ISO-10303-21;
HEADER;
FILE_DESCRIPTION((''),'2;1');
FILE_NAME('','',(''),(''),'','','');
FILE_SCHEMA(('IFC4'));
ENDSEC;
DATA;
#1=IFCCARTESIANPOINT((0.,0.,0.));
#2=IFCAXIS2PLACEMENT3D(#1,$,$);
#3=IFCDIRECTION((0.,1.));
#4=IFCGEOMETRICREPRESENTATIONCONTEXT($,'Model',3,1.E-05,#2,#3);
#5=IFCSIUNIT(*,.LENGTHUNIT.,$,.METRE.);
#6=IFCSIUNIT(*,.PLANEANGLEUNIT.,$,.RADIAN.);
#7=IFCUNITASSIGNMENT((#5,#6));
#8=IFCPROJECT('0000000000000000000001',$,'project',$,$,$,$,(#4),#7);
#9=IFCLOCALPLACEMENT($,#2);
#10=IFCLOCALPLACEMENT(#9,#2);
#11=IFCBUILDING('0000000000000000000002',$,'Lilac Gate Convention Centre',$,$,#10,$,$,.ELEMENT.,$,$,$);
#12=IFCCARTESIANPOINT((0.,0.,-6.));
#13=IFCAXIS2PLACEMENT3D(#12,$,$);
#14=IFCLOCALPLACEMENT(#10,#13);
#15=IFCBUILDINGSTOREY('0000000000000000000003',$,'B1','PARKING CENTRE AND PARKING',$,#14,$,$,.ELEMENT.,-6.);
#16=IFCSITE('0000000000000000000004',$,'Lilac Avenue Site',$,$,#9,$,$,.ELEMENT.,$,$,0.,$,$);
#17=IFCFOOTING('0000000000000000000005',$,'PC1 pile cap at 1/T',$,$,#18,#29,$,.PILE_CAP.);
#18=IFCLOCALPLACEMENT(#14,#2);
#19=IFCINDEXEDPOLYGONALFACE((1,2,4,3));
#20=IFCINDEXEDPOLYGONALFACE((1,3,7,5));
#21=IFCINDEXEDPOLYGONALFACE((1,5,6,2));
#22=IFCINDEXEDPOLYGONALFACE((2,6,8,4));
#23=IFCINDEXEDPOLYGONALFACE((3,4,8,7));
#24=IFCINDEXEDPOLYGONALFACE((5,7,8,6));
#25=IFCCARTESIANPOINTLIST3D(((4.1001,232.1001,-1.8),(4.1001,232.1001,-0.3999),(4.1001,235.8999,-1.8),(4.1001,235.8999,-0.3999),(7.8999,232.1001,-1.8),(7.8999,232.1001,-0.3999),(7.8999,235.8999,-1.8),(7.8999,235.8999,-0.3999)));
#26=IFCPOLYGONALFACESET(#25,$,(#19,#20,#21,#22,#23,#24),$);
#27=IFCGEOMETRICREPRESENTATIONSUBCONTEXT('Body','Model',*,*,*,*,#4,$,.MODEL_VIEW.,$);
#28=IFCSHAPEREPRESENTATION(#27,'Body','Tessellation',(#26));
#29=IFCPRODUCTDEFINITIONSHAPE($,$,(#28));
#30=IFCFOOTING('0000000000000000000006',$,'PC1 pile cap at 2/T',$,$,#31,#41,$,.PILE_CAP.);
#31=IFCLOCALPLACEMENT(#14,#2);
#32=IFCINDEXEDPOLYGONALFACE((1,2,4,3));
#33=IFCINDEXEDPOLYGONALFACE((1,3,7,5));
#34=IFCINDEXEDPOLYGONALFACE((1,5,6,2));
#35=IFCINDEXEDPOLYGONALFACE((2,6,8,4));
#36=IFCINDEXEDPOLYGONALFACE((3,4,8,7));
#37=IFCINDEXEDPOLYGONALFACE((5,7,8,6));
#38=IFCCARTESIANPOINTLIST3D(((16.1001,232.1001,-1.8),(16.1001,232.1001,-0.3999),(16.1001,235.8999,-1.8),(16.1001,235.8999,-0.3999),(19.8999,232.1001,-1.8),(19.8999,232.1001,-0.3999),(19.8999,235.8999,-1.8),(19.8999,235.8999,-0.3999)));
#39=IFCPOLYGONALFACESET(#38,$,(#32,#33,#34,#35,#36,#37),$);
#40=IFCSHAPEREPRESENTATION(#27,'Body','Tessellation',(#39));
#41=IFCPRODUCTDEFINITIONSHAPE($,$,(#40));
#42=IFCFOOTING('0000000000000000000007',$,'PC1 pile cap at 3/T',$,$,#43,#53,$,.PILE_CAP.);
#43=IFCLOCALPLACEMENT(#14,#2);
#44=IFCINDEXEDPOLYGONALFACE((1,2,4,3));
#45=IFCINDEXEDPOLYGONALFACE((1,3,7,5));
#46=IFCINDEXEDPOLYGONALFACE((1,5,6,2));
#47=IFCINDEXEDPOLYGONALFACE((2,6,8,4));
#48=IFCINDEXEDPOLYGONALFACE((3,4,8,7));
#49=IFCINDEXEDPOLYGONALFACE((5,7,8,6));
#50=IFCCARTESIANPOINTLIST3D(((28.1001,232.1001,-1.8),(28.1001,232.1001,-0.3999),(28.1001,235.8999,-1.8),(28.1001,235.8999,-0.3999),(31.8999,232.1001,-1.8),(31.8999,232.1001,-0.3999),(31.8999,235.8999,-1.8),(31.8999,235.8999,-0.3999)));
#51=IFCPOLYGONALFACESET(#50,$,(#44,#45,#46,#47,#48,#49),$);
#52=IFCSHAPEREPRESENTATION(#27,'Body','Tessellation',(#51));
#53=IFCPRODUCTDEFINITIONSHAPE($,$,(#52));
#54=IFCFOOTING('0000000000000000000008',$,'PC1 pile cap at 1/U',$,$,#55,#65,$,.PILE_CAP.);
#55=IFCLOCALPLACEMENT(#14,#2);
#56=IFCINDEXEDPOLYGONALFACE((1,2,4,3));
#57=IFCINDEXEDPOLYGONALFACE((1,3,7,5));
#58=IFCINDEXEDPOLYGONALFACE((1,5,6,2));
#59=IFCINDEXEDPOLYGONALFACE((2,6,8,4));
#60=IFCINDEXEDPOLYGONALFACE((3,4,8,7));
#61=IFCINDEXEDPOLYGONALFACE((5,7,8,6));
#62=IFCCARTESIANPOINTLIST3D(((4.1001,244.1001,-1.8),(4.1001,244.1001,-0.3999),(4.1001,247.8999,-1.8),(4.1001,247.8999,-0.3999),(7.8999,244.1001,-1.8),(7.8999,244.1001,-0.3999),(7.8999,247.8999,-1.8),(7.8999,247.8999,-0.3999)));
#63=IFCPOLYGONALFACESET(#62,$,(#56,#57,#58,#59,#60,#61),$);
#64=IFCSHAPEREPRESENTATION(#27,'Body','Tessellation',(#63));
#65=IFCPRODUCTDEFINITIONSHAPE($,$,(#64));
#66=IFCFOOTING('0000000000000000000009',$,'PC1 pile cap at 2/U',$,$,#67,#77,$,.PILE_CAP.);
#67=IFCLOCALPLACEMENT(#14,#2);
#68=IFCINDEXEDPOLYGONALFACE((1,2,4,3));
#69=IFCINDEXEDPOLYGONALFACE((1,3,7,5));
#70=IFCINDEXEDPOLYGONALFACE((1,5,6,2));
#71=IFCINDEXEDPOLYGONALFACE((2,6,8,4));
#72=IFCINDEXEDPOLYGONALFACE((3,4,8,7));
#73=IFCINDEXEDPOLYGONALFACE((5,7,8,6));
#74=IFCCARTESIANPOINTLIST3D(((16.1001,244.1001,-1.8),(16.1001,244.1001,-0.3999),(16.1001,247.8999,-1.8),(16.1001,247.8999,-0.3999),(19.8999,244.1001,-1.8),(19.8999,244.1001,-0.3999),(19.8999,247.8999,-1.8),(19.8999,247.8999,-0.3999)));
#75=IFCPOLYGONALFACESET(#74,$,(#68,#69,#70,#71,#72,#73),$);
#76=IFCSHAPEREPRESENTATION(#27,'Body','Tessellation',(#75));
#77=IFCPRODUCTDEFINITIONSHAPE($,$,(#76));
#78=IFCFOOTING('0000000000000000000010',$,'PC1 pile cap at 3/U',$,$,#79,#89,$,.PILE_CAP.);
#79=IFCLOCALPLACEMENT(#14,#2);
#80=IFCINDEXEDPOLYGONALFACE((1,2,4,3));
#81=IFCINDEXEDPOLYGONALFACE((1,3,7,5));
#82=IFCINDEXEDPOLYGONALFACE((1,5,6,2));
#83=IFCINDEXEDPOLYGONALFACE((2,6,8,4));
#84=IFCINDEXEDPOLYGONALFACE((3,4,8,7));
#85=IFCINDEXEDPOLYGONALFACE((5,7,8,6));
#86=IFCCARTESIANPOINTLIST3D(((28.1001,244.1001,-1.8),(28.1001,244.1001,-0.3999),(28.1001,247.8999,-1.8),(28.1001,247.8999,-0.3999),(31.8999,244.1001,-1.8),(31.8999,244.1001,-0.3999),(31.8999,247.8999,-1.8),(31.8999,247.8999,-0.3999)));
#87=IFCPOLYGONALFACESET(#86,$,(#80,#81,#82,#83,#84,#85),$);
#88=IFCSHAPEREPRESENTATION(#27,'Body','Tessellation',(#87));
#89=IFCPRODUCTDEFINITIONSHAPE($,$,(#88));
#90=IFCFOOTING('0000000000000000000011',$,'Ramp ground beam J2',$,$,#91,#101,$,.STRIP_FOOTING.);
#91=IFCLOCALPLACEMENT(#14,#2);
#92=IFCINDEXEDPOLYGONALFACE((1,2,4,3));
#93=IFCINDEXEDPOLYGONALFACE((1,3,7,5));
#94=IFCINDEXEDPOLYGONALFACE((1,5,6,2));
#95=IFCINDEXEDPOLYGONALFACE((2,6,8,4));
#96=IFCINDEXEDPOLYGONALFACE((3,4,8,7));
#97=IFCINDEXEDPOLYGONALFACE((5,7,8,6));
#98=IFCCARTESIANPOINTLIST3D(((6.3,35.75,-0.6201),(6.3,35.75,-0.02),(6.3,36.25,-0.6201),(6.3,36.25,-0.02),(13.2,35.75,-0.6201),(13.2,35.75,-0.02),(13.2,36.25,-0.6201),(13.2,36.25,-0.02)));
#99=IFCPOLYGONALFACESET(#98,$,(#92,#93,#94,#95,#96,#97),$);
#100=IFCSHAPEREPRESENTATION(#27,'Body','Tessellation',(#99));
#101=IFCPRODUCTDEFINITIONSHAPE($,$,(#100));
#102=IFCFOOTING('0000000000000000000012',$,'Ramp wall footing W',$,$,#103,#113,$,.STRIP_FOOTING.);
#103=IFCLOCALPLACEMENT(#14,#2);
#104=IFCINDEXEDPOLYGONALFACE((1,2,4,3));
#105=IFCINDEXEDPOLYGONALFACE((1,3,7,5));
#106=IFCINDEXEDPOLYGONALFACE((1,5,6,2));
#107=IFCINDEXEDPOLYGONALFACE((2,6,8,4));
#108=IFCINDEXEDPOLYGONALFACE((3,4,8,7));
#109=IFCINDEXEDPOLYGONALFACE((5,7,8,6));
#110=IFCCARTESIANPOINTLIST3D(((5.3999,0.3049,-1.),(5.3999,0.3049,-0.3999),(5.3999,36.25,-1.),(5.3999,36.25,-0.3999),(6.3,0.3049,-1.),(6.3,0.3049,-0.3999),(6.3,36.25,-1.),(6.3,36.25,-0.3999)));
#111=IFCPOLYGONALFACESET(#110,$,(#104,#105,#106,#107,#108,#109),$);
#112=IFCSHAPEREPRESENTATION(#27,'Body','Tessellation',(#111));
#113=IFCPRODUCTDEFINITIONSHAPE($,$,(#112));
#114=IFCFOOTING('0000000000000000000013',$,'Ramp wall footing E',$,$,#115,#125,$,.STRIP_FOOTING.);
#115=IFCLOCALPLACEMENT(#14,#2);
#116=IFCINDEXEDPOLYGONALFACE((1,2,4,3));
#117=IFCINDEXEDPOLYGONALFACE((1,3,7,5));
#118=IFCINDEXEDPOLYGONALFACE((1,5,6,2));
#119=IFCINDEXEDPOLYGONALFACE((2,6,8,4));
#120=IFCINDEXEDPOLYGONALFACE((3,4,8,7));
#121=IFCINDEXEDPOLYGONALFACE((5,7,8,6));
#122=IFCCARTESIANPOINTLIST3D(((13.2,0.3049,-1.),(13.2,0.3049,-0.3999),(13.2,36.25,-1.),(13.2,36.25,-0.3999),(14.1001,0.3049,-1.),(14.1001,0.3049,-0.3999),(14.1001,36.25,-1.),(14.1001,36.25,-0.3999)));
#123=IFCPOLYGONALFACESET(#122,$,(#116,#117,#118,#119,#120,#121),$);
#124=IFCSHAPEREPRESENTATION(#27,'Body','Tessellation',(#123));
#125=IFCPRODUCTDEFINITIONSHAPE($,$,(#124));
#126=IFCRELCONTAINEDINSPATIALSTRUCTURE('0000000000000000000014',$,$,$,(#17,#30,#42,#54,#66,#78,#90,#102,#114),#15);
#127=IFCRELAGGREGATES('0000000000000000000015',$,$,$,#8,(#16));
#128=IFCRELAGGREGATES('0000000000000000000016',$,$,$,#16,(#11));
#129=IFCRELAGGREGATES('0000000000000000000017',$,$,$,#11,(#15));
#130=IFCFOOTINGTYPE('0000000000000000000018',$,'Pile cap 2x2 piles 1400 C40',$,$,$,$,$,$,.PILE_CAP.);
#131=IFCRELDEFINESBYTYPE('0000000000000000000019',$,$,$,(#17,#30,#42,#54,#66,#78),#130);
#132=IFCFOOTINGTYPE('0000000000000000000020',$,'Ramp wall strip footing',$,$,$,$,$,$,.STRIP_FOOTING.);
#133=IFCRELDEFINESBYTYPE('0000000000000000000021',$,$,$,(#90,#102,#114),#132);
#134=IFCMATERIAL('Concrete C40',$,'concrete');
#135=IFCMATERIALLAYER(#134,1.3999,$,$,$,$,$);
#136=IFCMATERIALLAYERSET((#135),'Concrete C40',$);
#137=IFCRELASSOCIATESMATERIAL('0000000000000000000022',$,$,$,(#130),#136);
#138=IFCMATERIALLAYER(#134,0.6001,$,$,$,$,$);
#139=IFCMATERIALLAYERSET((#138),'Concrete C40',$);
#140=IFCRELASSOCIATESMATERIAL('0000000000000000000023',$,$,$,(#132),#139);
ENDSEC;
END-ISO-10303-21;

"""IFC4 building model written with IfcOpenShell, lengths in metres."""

from ifc_helpers import new_model, si_unit, direction, frame, origin, place, context, subcontext, project, spatial, polyline, outline, extrude, material, layer, layer_set, type_object, element, save


model = new_model("IFC4")

# Units and contexts
model_context = context("Model", 3, precision=1e-05, world=origin(), true_north=direction((0.0, 1.0)))
body_context = subcontext(model_context, "Body", "Model", "MODEL_VIEW")
ifc_project = project(units=[si_unit("LENGTHUNIT", "METRE"), si_unit("PLANEANGLEUNIT", "RADIAN")], contexts=[model_context])

# Site, building, storey
site_placement = place(None, origin())
site = spatial("IfcSite", under=ifc_project, at=site_placement, Name="Lilac Avenue Site", CompositionType="ELEMENT", RefElevation=0.0)
building_placement = place(site_placement, origin())
building = spatial("IfcBuilding", under=site, at=building_placement, Name="Lilac Gate Convention Centre", CompositionType="ELEMENT")
storey_placement = place(building_placement, frame((0.0, 0.0, -6.0)))
storey = spatial("IfcBuildingStorey", under=building, at=storey_placement, Name="B1", Description="PARKING CENTRE AND PARKING", CompositionType="ELEMENT", Elevation=-6.0)

# Footings
ifc_material_1 = material(Name="Concrete C40", Category="concrete")
ifc_layer_1 = layer(ifc_material_1, 1.3999)
ifc_layer_set_1 = layer_set([ifc_layer_1], Name="Concrete C40")
footing_type_1 = type_object("IfcFootingType", Name="Pile cap 2x2 piles 1400 C40", PredefinedType="PILE_CAP", material=ifc_layer_set_1)
footing_1_placement = place(storey_placement, frame((0.0, 0.0, -1.8)))
element("IfcFooting", 1, at=footing_1_placement, inside=storey, type_object=footing_type_1, Name="PC1 pile cap at 1/T", PredefinedType="PILE_CAP", context=body_context, shape_type="SweptSolid", body=[
    extrude(outline(polyline([(4.1001, 232.1001), (7.8999, 232.1001), (7.8999, 235.8999), (4.1001, 235.8999), (4.1001, 232.1001)])), origin(), (0.0, 0.0, 1.0), 1.4001),
])
footing_2_placement = place(storey_placement, frame((0.0, 0.0, -1.8)))
element("IfcFooting", 2, at=footing_2_placement, inside=storey, type_object=footing_type_1, Name="PC1 pile cap at 2/T", PredefinedType="PILE_CAP", context=body_context, shape_type="SweptSolid", body=[
    extrude(outline(polyline([(16.1001, 232.1001), (19.8999, 232.1001), (19.8999, 235.8999), (16.1001, 235.8999), (16.1001, 232.1001)])), origin(), (0.0, 0.0, 1.0), 1.4001),
])
footing_3_placement = place(storey_placement, frame((0.0, 0.0, -1.8)))
element("IfcFooting", 3, at=footing_3_placement, inside=storey, type_object=footing_type_1, Name="PC1 pile cap at 3/T", PredefinedType="PILE_CAP", context=body_context, shape_type="SweptSolid", body=[
    extrude(outline(polyline([(28.1001, 232.1001), (31.8999, 232.1001), (31.8999, 235.8999), (28.1001, 235.8999), (28.1001, 232.1001)])), origin(), (0.0, 0.0, 1.0), 1.4001),
])
footing_4_placement = place(storey_placement, frame((0.0, 0.0, -1.8)))
element("IfcFooting", 4, at=footing_4_placement, inside=storey, type_object=footing_type_1, Name="PC1 pile cap at 1/U", PredefinedType="PILE_CAP", context=body_context, shape_type="SweptSolid", body=[
    extrude(outline(polyline([(4.1001, 244.1001), (7.8999, 244.1001), (7.8999, 247.8999), (4.1001, 247.8999), (4.1001, 244.1001)])), origin(), (0.0, 0.0, 1.0), 1.4001),
])
footing_5_placement = place(storey_placement, frame((0.0, 0.0, -1.8)))
element("IfcFooting", 5, at=footing_5_placement, inside=storey, type_object=footing_type_1, Name="PC1 pile cap at 2/U", PredefinedType="PILE_CAP", context=body_context, shape_type="SweptSolid", body=[
    extrude(outline(polyline([(16.1001, 244.1001), (19.8999, 244.1001), (19.8999, 247.8999), (16.1001, 247.8999), (16.1001, 244.1001)])), origin(), (0.0, 0.0, 1.0), 1.4001),
])
footing_6_placement = place(storey_placement, frame((0.0, 0.0, -1.8)))
element("IfcFooting", 6, at=footing_6_placement, inside=storey, type_object=footing_type_1, Name="PC1 pile cap at 3/U", PredefinedType="PILE_CAP", context=body_context, shape_type="SweptSolid", body=[
    extrude(outline(polyline([(28.1001, 244.1001), (31.8999, 244.1001), (31.8999, 247.8999), (28.1001, 247.8999), (28.1001, 244.1001)])), origin(), (0.0, 0.0, 1.0), 1.4001),
])
ifc_layer_2 = layer(ifc_material_1, 0.6001)
ifc_layer_set_2 = layer_set([ifc_layer_2], Name="Concrete C40")
footing_type_2 = type_object("IfcFootingType", Name="Ramp wall strip footing", PredefinedType="STRIP_FOOTING", material=ifc_layer_set_2)
footing_7_placement = place(storey_placement, frame((0.0, 0.0, -0.6201)))
element("IfcFooting", 7, at=footing_7_placement, inside=storey, type_object=footing_type_2, Name="Ramp ground beam J2", PredefinedType="STRIP_FOOTING", context=body_context, shape_type="SweptSolid", body=[
    extrude(outline(polyline([(6.3, 35.75), (13.2, 35.75), (13.2, 36.25), (6.3, 36.25), (6.3, 35.75)])), origin(), (0.0, 0.0, 1.0), 0.6001),
])
footing_8_placement = place(storey_placement, frame((0.0, 0.0, -1.0)))
element("IfcFooting", 8, at=footing_8_placement, inside=storey, type_object=footing_type_2, Name="Ramp wall footing W", PredefinedType="STRIP_FOOTING", context=body_context, shape_type="SweptSolid", body=[
    extrude(outline(polyline([(5.3999, 0.3049), (6.3, 0.3049), (6.3, 36.25), (5.3999, 36.25), (5.3999, 0.3049)])), origin(), (0.0, 0.0, 1.0), 0.6001),
])
footing_9_placement = place(storey_placement, frame((0.0, 0.0, -1.0)))
element("IfcFooting", 9, at=footing_9_placement, inside=storey, type_object=footing_type_2, Name="Ramp wall footing E", PredefinedType="STRIP_FOOTING", context=body_context, shape_type="SweptSolid", body=[
    extrude(outline(polyline([(13.2, 0.3049), (14.1001, 0.3049), (14.1001, 36.25), (13.2, 36.25), (13.2, 0.3049)])), origin(), (0.0, 0.0, 1.0), 0.6001),
])

save(model, "model.ifc")
